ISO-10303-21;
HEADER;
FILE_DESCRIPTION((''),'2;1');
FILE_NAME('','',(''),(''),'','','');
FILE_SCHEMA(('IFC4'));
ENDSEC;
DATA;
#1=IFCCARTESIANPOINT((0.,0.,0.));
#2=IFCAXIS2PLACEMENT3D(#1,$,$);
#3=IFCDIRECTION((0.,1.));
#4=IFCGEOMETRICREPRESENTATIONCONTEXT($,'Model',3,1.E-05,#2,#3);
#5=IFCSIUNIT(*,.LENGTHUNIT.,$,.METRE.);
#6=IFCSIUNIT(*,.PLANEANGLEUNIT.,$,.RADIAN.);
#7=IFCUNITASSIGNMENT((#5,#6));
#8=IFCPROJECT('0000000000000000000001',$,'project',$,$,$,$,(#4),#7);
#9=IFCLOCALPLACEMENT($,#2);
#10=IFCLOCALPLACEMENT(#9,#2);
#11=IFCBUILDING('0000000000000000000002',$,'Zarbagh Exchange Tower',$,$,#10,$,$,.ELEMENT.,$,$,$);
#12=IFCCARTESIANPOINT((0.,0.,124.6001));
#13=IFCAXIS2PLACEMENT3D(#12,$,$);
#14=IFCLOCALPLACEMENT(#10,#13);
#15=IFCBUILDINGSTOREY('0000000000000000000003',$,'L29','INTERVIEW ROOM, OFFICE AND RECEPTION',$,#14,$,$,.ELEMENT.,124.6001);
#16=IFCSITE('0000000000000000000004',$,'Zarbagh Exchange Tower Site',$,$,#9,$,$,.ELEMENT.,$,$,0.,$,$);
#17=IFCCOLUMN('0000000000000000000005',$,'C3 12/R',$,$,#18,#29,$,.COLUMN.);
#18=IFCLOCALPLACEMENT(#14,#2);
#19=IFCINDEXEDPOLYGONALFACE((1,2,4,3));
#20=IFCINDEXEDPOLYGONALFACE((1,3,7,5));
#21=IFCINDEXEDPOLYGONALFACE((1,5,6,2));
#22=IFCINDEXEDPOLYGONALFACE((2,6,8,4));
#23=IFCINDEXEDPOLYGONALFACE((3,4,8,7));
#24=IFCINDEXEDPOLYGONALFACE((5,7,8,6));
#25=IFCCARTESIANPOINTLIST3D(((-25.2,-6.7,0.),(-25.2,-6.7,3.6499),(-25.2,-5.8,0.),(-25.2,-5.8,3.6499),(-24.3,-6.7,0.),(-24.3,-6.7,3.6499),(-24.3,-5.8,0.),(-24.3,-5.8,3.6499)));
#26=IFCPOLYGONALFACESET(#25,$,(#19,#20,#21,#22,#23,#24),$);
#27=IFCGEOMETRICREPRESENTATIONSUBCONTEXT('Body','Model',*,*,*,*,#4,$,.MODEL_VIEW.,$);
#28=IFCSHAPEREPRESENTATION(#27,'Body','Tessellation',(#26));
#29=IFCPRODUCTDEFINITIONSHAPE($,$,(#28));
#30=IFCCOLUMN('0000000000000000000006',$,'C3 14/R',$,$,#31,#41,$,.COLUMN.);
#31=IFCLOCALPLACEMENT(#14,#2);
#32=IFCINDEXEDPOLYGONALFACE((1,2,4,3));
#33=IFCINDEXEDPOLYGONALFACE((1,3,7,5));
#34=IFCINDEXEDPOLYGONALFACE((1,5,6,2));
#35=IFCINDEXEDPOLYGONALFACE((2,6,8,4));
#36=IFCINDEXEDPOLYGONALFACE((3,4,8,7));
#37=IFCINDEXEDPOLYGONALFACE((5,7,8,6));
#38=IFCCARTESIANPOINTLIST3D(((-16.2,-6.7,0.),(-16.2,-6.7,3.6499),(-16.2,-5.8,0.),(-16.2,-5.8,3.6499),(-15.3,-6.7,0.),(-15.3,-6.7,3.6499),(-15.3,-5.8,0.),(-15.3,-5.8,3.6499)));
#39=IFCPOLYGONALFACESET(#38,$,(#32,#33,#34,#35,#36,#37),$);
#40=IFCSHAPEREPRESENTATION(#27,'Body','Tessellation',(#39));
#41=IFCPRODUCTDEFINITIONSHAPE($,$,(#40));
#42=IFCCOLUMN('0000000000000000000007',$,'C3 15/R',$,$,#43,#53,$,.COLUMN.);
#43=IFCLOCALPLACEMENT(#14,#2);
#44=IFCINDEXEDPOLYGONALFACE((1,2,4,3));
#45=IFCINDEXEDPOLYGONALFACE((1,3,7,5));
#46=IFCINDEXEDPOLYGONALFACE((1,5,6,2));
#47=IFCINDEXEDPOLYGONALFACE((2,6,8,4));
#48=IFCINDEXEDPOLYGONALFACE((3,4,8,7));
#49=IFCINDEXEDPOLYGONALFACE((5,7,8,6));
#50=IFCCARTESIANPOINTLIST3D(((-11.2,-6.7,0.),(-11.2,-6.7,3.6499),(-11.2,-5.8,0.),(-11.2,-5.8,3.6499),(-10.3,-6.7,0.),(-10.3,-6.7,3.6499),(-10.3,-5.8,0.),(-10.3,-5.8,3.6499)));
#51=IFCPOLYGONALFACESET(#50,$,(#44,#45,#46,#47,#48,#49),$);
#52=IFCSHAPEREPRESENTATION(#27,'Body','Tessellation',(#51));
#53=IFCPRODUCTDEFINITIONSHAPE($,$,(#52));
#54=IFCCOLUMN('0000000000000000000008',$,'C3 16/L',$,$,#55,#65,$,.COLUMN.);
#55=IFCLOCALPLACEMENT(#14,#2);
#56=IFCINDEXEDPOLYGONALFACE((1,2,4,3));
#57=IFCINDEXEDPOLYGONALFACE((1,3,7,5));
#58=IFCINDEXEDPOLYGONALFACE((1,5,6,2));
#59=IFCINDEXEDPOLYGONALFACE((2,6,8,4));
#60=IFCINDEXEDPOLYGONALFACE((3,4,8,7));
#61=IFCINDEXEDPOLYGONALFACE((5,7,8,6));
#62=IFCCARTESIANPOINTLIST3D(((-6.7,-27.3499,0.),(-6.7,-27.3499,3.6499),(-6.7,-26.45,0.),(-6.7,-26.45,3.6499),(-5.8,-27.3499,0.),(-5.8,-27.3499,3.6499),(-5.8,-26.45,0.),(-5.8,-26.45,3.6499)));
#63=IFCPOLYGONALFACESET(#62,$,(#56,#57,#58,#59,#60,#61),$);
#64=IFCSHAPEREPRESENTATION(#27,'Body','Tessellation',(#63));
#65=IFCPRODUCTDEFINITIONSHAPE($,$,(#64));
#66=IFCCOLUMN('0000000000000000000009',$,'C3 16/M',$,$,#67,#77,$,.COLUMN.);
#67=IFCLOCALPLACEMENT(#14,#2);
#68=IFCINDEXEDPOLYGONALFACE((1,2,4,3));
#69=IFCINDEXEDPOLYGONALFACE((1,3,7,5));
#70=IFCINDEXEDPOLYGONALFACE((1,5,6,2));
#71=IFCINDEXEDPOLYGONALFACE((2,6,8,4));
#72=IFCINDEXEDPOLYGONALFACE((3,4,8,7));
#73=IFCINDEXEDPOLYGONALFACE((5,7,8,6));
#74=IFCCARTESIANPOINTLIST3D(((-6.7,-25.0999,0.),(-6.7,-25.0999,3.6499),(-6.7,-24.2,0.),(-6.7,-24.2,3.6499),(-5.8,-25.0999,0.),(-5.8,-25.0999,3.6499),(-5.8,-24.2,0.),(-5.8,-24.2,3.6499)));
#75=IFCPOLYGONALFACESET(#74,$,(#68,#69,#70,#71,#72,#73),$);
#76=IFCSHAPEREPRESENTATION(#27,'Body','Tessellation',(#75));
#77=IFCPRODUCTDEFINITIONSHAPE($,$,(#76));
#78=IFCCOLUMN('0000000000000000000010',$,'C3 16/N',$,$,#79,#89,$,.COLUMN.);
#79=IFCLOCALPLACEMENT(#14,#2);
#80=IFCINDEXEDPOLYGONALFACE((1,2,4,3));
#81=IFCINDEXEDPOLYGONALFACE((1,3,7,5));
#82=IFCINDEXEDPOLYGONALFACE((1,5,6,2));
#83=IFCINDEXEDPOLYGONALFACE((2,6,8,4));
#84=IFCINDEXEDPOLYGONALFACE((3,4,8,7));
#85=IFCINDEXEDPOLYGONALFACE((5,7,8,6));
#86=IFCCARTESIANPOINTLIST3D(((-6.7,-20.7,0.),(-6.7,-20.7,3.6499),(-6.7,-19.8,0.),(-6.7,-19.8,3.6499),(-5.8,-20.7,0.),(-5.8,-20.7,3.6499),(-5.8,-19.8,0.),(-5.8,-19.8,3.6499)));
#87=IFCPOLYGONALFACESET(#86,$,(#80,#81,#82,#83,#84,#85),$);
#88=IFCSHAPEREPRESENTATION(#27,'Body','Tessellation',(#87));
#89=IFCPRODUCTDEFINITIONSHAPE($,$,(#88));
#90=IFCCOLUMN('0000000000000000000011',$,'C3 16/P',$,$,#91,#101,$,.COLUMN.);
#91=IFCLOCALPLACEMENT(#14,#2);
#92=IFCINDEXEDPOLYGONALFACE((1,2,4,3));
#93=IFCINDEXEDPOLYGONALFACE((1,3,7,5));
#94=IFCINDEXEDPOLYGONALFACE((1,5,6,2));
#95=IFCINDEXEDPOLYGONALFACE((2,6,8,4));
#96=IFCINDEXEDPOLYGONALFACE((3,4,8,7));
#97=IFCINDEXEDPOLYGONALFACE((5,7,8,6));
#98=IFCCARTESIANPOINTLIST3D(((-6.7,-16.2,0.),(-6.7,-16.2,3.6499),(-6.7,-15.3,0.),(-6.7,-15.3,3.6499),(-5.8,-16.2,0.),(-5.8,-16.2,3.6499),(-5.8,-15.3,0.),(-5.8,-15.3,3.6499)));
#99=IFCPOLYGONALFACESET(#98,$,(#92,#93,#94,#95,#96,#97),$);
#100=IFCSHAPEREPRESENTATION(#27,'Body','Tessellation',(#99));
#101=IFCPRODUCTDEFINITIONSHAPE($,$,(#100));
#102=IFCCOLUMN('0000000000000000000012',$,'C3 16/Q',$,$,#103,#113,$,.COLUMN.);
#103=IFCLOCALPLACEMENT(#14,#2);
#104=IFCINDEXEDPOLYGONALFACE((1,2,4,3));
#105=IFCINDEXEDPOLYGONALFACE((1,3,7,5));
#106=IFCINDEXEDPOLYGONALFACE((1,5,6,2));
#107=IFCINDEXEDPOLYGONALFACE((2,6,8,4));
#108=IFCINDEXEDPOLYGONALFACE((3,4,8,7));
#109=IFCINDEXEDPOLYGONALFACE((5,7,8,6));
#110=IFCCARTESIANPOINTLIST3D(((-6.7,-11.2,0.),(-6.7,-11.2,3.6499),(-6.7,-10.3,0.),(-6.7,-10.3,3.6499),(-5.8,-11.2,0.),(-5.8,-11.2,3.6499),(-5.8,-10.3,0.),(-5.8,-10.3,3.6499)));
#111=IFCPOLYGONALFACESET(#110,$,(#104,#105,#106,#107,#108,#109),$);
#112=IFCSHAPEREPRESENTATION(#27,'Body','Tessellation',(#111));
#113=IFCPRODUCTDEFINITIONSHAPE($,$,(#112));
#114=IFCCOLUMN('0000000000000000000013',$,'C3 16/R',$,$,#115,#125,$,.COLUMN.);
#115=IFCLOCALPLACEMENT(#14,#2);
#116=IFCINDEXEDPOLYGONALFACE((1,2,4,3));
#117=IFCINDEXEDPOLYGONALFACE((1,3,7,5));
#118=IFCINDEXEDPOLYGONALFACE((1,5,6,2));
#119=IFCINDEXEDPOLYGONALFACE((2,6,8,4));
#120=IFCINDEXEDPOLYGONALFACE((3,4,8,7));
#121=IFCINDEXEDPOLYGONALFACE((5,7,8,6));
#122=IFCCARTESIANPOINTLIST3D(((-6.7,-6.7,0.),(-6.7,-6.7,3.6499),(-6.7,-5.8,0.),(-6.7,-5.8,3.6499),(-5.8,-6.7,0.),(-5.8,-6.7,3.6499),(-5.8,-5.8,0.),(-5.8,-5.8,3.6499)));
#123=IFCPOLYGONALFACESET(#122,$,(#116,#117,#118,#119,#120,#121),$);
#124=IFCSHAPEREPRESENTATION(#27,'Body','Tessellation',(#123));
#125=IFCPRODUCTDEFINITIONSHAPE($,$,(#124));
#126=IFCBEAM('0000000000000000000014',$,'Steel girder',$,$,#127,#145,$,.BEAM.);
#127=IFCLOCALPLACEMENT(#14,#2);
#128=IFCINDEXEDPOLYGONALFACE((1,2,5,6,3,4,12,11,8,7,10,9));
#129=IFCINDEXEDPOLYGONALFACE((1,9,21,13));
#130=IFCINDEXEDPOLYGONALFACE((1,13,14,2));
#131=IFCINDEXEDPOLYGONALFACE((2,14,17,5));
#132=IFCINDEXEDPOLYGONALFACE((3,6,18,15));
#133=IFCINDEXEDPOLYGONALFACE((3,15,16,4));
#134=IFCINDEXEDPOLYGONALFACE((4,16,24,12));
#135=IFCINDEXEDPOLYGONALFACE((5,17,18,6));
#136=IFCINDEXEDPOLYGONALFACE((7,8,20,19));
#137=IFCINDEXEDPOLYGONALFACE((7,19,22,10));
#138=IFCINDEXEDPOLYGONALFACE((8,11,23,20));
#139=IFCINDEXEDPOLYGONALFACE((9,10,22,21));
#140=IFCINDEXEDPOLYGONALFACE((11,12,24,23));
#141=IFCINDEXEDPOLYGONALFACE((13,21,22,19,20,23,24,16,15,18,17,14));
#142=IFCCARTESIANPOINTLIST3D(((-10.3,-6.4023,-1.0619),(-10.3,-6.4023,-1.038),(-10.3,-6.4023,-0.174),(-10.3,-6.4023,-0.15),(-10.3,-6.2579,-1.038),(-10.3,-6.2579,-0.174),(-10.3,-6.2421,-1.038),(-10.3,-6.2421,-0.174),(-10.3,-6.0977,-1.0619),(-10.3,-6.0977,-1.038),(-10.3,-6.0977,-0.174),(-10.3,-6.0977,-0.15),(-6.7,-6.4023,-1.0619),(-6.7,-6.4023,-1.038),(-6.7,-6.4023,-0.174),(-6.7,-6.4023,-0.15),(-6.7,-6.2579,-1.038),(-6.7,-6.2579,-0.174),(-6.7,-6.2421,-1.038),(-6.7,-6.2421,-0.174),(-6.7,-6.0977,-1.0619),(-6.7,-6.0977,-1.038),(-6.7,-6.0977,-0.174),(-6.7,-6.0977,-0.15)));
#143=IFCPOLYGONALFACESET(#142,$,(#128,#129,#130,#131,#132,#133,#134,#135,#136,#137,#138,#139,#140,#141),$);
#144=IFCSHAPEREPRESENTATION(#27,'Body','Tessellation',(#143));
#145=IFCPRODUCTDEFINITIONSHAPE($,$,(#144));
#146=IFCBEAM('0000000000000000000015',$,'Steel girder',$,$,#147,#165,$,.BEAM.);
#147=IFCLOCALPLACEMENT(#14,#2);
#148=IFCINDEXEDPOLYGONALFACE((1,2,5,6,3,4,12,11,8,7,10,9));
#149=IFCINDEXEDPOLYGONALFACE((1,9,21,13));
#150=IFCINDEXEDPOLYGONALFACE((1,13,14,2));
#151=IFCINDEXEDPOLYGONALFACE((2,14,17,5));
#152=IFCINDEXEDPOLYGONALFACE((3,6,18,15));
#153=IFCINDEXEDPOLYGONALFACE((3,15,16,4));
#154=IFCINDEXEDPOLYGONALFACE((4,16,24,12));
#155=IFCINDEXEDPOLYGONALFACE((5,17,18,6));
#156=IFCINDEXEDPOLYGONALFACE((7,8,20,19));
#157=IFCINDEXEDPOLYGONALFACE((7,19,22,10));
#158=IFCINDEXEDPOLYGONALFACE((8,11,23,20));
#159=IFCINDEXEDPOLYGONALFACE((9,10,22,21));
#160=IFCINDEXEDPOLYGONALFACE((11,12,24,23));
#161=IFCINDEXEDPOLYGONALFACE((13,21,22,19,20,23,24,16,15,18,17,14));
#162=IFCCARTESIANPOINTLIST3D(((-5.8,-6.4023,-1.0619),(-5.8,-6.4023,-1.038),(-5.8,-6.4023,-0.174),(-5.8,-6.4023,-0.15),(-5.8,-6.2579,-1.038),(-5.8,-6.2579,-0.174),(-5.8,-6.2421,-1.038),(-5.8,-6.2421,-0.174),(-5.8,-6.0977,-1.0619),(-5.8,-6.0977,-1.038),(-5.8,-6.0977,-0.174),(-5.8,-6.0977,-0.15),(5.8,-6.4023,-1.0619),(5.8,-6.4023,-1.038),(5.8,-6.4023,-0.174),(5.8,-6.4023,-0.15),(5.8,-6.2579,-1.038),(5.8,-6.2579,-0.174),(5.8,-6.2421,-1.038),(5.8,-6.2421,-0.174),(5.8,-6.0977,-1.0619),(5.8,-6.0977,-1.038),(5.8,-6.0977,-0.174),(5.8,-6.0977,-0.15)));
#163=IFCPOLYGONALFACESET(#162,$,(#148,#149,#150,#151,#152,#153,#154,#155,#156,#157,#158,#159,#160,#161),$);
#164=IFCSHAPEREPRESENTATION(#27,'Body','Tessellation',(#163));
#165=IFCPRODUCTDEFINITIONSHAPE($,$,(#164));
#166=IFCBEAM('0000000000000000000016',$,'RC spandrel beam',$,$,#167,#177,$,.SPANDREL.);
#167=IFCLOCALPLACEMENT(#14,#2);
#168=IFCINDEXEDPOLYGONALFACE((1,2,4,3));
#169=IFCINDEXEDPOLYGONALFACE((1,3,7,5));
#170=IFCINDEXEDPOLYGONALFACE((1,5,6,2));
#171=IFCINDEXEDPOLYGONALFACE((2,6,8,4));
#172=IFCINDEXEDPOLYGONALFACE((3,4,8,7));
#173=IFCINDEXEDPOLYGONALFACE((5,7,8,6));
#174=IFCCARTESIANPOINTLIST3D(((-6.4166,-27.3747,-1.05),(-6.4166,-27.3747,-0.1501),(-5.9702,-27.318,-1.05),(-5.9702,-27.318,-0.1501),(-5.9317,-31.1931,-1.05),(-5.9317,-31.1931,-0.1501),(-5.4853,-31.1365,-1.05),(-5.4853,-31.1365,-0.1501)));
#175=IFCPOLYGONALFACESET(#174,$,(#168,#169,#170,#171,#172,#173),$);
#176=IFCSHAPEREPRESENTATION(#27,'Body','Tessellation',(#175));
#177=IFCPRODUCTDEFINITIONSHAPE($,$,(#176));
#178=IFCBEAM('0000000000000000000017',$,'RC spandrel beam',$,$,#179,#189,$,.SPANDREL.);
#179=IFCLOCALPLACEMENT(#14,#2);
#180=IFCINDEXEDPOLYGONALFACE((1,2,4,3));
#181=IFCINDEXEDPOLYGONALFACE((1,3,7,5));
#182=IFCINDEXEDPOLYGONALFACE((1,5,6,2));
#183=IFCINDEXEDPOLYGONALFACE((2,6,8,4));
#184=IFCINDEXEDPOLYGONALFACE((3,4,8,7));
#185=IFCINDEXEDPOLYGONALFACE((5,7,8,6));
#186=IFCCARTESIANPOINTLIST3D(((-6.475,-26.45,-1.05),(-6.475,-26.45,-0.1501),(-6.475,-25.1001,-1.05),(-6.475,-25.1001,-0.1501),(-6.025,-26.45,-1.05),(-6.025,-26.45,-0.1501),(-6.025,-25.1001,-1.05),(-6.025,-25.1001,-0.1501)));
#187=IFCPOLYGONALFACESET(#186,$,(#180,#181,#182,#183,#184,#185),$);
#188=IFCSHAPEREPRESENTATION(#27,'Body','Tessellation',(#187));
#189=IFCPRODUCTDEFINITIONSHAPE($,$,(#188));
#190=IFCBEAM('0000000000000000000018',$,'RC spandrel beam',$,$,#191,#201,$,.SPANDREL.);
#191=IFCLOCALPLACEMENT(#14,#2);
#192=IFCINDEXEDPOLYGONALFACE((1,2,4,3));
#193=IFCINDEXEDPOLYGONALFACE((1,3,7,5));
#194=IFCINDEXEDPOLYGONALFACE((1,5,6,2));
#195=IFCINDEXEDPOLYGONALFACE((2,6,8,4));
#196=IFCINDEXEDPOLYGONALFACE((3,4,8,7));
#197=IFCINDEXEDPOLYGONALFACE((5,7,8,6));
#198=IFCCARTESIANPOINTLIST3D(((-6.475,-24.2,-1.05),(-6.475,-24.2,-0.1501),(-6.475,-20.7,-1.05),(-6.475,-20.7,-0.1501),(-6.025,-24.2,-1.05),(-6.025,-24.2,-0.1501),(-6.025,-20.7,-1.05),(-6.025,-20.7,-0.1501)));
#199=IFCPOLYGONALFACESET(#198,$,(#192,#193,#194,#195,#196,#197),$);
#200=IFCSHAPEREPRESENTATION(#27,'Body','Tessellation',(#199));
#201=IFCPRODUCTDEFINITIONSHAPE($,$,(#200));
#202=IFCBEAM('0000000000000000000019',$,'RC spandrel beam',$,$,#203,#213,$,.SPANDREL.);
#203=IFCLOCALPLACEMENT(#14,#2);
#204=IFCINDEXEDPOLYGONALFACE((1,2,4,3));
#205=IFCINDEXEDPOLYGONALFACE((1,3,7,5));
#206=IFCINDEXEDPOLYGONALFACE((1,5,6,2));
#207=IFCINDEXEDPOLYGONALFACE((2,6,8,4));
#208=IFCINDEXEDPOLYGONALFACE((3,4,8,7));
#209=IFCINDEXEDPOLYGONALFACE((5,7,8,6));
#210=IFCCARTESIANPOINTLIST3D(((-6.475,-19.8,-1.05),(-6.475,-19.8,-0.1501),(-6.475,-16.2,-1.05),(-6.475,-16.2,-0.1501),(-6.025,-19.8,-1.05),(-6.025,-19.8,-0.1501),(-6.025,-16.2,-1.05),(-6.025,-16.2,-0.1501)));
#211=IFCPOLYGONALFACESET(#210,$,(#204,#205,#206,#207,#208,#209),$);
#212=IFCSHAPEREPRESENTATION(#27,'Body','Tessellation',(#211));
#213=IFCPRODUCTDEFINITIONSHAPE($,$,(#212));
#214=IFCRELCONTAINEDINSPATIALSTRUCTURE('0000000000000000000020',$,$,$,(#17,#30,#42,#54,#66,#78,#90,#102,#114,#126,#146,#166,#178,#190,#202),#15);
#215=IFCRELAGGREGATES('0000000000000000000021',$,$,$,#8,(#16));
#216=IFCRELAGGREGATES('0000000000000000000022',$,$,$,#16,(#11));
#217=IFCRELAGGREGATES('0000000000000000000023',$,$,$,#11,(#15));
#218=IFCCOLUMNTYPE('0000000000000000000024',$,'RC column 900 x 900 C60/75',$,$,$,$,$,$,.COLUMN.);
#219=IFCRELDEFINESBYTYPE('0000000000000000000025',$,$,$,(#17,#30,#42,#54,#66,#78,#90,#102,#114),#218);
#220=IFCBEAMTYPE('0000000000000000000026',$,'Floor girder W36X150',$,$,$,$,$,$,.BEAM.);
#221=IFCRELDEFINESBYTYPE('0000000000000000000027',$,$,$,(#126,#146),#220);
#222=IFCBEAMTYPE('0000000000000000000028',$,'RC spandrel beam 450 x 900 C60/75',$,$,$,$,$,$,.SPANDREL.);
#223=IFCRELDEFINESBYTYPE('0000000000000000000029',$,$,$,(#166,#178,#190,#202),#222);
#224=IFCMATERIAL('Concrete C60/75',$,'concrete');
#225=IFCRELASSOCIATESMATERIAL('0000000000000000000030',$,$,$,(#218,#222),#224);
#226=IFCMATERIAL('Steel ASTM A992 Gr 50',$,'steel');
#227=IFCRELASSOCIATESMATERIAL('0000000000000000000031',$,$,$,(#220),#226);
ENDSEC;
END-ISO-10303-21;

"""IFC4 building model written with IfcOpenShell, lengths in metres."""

from ifc_helpers import new_model, si_unit, direction, frame, origin, origin_2d, place, context, subcontext, project, spatial, rectangle, i_section, extrude, material, material_profile, profile_set, type_object, element, save


model = new_model("IFC4")

# Units and contexts
model_context = context("Model", 3, precision=1e-05, world=origin(), true_north=direction((0.0, 1.0)))
body_context = subcontext(model_context, "Body", "Model", "MODEL_VIEW")
ifc_project = project(units=[si_unit("LENGTHUNIT", "METRE"), si_unit("PLANEANGLEUNIT", "RADIAN")], contexts=[model_context])

# Site, building, storey
site_placement = place(None, origin())
site = spatial("IfcSite", under=ifc_project, at=site_placement, Name="Zarbagh Exchange Tower Site", CompositionType="ELEMENT", RefElevation=0.0)
building_placement = place(site_placement, origin())
building = spatial("IfcBuilding", under=site, at=building_placement, Name="Zarbagh Exchange Tower", CompositionType="ELEMENT")
storey_placement = place(building_placement, frame((0.0, 0.0, 124.6001)))
storey = spatial("IfcBuildingStorey", under=building, at=storey_placement, Name="L29", Description="INTERVIEW ROOM, OFFICE AND RECEPTION", CompositionType="ELEMENT", Elevation=124.6001)

# Columns
ifc_material_1 = material(Name="Concrete C60/75", Category="concrete")
ifc_material_profile_1 = material_profile(ifc_material_1, rectangle(XDim=0.8999, YDim=0.8999, at=origin_2d()), Name="RC column 900 x 900 C60/75")
ifc_profile_set_1 = profile_set([ifc_material_profile_1], Name="Concrete C60/75")
column_type = type_object("IfcColumnType", Name="RC column 900 x 900 C60/75", PredefinedType="COLUMN", material=ifc_profile_set_1)
for number, where, z_axis, x_axis, name in (
    (1, (-24.75, -6.25, 0.0), (0.0, 0.0, 1.0), (1.0, 0.0, 0.0), "C3 12/R"),
    (2, (-15.75, -6.25, 0.0), (0.0, 0.0, 1.0), (1.0, 0.0, 0.0), "C3 14/R"),
    (3, (-10.75, -6.25, 0.0), (0.0, 0.0, 1.0), (1.0, 0.0, 0.0), "C3 15/R"),
    (4, (-6.25, -26.8999, 0.0), (0.0, 0.0, 1.0), (1.0, 0.0, 0.0), "C3 16/L"),
    (5, (-6.25, -24.6499, 0.0), (0.0, 0.0, 1.0), (1.0, 0.0, 0.0), "C3 16/M"),
    (6, (-6.25, -20.25, 0.0), (0.0, 0.0, 1.0), (1.0, 0.0, 0.0), "C3 16/N"),
    (7, (-6.25, -15.75, 0.0), (0.0, 0.0, 1.0), (1.0, 0.0, 0.0), "C3 16/P"),
    (8, (-6.25, -10.75, 0.0), (0.0, 0.0, 1.0), (1.0, 0.0, 0.0), "C3 16/Q"),
    (9, (-6.25, -6.25, 0.0), (0.0, 0.0, 1.0), (1.0, 0.0, 0.0), "C3 16/R"),
):
    element("IfcColumn", number, at=place(storey_placement, frame(where, z_axis=z_axis, x_axis=x_axis)), inside=storey, type_object=column_type, Name=name, PredefinedType="COLUMN", context=body_context, shape_type="SweptSolid", body=[
        extrude(rectangle(XDim=0.8999, YDim=0.8999, at=origin_2d()), origin(), (0.0, 0.0, 1.0), 3.6499),
    ])

# Beams
ifc_material_2 = material(Name="Steel ASTM A992 Gr 50", Category="steel")
ifc_material_profile_2 = material_profile(ifc_material_2, i_section(OverallWidth=0.3047, OverallDepth=0.9119, WebThickness=0.0159, FlangeThickness=0.0239, at=origin_2d()), Name="W36X150")
ifc_profile_set_2 = profile_set([ifc_material_profile_2], Name="Steel ASTM A992 Gr 50")
beam_type_1 = type_object("IfcBeamType", Name="Floor girder W36X150", PredefinedType="BEAM", material=ifc_profile_set_2)
beam_1_placement = place(storey_placement, frame((-10.3, -6.25, -0.606), z_axis=(1.0, 0.0, 0.0), x_axis=(0.0, 1.0, 0.0)))
element("IfcBeam", 10, at=beam_1_placement, inside=storey, type_object=beam_type_1, Name="Steel girder", PredefinedType="BEAM", context=body_context, shape_type="SweptSolid", body=[
    extrude(i_section(OverallWidth=0.3047, OverallDepth=0.9119, WebThickness=0.0159, FlangeThickness=0.0239, at=origin_2d()), origin(), (0.0, 0.0, 1.0), 3.6001),
])
beam_2_placement = place(storey_placement, frame((-5.8, -6.25, -0.606), z_axis=(1.0, 0.0, 0.0), x_axis=(0.0, 1.0, 0.0)))
element("IfcBeam", 11, at=beam_2_placement, inside=storey, type_object=beam_type_1, Name="Steel girder", PredefinedType="BEAM", context=body_context, shape_type="SweptSolid", body=[
    extrude(i_section(OverallWidth=0.3047, OverallDepth=0.9119, WebThickness=0.0159, FlangeThickness=0.0239, at=origin_2d()), origin(), (0.0, 0.0, 1.0), 11.6001),
])
ifc_material_profile_3 = material_profile(ifc_material_1, rectangle(XDim=0.45, YDim=0.8999, at=origin_2d()), Name="RC spandrel beam 450 x 900 C60/75")
ifc_profile_set_3 = profile_set([ifc_material_profile_3], Name="Concrete C60/75")
beam_type_2 = type_object("IfcBeamType", Name="RC spandrel beam 450 x 900 C60/75", PredefinedType="SPANDREL", material=ifc_profile_set_3)
beam_3_placement = place(storey_placement, frame((-5.7085, -31.1648, -0.6001), z_axis=(-0.125971, 0.992034, 0.0), x_axis=(-0.992034, -0.125971, 0.0)))
element("IfcBeam", 12, at=beam_3_placement, inside=storey, type_object=beam_type_2, Name="RC spandrel beam", PredefinedType="SPANDREL", context=body_context, shape_type="SweptSolid", body=[
    extrude(rectangle(XDim=0.45, YDim=0.8999, at=origin_2d()), origin(), (0.0, 0.0, 1.0), 3.8491),
])
beam_4_placement = place(storey_placement, frame((-6.25, -26.45, -0.6001), z_axis=(0.0, 1.0, 0.0), x_axis=(-1.0, 0.0, 0.0)))
element("IfcBeam", 13, at=beam_4_placement, inside=storey, type_object=beam_type_2, Name="RC spandrel beam", PredefinedType="SPANDREL", context=body_context, shape_type="SweptSolid", body=[
    extrude(rectangle(XDim=0.45, YDim=0.8999, at=origin_2d()), origin(), (0.0, 0.0, 1.0), 1.3499),
])
beam_5_placement = place(storey_placement, frame((-6.25, -24.2, -0.6001), z_axis=(0.0, 1.0, 0.0), x_axis=(-1.0, 0.0, 0.0)))
element("IfcBeam", 14, at=beam_5_placement, inside=storey, type_object=beam_type_2, Name="RC spandrel beam", PredefinedType="SPANDREL", context=body_context, shape_type="SweptSolid", body=[
    extrude(rectangle(XDim=0.45, YDim=0.8999, at=origin_2d()), origin(), (0.0, 0.0, 1.0), 3.5),
])
beam_6_placement = place(storey_placement, frame((-6.25, -19.8, -0.6001), z_axis=(0.0, 1.0, 0.0), x_axis=(-1.0, 0.0, 0.0)))
element("IfcBeam", 15, at=beam_6_placement, inside=storey, type_object=beam_type_2, Name="RC spandrel beam", PredefinedType="SPANDREL", context=body_context, shape_type="SweptSolid", body=[
    extrude(rectangle(XDim=0.45, YDim=0.8999, at=origin_2d()), origin(), (0.0, 0.0, 1.0), 3.6001),
])

save(model, "model.ifc")
